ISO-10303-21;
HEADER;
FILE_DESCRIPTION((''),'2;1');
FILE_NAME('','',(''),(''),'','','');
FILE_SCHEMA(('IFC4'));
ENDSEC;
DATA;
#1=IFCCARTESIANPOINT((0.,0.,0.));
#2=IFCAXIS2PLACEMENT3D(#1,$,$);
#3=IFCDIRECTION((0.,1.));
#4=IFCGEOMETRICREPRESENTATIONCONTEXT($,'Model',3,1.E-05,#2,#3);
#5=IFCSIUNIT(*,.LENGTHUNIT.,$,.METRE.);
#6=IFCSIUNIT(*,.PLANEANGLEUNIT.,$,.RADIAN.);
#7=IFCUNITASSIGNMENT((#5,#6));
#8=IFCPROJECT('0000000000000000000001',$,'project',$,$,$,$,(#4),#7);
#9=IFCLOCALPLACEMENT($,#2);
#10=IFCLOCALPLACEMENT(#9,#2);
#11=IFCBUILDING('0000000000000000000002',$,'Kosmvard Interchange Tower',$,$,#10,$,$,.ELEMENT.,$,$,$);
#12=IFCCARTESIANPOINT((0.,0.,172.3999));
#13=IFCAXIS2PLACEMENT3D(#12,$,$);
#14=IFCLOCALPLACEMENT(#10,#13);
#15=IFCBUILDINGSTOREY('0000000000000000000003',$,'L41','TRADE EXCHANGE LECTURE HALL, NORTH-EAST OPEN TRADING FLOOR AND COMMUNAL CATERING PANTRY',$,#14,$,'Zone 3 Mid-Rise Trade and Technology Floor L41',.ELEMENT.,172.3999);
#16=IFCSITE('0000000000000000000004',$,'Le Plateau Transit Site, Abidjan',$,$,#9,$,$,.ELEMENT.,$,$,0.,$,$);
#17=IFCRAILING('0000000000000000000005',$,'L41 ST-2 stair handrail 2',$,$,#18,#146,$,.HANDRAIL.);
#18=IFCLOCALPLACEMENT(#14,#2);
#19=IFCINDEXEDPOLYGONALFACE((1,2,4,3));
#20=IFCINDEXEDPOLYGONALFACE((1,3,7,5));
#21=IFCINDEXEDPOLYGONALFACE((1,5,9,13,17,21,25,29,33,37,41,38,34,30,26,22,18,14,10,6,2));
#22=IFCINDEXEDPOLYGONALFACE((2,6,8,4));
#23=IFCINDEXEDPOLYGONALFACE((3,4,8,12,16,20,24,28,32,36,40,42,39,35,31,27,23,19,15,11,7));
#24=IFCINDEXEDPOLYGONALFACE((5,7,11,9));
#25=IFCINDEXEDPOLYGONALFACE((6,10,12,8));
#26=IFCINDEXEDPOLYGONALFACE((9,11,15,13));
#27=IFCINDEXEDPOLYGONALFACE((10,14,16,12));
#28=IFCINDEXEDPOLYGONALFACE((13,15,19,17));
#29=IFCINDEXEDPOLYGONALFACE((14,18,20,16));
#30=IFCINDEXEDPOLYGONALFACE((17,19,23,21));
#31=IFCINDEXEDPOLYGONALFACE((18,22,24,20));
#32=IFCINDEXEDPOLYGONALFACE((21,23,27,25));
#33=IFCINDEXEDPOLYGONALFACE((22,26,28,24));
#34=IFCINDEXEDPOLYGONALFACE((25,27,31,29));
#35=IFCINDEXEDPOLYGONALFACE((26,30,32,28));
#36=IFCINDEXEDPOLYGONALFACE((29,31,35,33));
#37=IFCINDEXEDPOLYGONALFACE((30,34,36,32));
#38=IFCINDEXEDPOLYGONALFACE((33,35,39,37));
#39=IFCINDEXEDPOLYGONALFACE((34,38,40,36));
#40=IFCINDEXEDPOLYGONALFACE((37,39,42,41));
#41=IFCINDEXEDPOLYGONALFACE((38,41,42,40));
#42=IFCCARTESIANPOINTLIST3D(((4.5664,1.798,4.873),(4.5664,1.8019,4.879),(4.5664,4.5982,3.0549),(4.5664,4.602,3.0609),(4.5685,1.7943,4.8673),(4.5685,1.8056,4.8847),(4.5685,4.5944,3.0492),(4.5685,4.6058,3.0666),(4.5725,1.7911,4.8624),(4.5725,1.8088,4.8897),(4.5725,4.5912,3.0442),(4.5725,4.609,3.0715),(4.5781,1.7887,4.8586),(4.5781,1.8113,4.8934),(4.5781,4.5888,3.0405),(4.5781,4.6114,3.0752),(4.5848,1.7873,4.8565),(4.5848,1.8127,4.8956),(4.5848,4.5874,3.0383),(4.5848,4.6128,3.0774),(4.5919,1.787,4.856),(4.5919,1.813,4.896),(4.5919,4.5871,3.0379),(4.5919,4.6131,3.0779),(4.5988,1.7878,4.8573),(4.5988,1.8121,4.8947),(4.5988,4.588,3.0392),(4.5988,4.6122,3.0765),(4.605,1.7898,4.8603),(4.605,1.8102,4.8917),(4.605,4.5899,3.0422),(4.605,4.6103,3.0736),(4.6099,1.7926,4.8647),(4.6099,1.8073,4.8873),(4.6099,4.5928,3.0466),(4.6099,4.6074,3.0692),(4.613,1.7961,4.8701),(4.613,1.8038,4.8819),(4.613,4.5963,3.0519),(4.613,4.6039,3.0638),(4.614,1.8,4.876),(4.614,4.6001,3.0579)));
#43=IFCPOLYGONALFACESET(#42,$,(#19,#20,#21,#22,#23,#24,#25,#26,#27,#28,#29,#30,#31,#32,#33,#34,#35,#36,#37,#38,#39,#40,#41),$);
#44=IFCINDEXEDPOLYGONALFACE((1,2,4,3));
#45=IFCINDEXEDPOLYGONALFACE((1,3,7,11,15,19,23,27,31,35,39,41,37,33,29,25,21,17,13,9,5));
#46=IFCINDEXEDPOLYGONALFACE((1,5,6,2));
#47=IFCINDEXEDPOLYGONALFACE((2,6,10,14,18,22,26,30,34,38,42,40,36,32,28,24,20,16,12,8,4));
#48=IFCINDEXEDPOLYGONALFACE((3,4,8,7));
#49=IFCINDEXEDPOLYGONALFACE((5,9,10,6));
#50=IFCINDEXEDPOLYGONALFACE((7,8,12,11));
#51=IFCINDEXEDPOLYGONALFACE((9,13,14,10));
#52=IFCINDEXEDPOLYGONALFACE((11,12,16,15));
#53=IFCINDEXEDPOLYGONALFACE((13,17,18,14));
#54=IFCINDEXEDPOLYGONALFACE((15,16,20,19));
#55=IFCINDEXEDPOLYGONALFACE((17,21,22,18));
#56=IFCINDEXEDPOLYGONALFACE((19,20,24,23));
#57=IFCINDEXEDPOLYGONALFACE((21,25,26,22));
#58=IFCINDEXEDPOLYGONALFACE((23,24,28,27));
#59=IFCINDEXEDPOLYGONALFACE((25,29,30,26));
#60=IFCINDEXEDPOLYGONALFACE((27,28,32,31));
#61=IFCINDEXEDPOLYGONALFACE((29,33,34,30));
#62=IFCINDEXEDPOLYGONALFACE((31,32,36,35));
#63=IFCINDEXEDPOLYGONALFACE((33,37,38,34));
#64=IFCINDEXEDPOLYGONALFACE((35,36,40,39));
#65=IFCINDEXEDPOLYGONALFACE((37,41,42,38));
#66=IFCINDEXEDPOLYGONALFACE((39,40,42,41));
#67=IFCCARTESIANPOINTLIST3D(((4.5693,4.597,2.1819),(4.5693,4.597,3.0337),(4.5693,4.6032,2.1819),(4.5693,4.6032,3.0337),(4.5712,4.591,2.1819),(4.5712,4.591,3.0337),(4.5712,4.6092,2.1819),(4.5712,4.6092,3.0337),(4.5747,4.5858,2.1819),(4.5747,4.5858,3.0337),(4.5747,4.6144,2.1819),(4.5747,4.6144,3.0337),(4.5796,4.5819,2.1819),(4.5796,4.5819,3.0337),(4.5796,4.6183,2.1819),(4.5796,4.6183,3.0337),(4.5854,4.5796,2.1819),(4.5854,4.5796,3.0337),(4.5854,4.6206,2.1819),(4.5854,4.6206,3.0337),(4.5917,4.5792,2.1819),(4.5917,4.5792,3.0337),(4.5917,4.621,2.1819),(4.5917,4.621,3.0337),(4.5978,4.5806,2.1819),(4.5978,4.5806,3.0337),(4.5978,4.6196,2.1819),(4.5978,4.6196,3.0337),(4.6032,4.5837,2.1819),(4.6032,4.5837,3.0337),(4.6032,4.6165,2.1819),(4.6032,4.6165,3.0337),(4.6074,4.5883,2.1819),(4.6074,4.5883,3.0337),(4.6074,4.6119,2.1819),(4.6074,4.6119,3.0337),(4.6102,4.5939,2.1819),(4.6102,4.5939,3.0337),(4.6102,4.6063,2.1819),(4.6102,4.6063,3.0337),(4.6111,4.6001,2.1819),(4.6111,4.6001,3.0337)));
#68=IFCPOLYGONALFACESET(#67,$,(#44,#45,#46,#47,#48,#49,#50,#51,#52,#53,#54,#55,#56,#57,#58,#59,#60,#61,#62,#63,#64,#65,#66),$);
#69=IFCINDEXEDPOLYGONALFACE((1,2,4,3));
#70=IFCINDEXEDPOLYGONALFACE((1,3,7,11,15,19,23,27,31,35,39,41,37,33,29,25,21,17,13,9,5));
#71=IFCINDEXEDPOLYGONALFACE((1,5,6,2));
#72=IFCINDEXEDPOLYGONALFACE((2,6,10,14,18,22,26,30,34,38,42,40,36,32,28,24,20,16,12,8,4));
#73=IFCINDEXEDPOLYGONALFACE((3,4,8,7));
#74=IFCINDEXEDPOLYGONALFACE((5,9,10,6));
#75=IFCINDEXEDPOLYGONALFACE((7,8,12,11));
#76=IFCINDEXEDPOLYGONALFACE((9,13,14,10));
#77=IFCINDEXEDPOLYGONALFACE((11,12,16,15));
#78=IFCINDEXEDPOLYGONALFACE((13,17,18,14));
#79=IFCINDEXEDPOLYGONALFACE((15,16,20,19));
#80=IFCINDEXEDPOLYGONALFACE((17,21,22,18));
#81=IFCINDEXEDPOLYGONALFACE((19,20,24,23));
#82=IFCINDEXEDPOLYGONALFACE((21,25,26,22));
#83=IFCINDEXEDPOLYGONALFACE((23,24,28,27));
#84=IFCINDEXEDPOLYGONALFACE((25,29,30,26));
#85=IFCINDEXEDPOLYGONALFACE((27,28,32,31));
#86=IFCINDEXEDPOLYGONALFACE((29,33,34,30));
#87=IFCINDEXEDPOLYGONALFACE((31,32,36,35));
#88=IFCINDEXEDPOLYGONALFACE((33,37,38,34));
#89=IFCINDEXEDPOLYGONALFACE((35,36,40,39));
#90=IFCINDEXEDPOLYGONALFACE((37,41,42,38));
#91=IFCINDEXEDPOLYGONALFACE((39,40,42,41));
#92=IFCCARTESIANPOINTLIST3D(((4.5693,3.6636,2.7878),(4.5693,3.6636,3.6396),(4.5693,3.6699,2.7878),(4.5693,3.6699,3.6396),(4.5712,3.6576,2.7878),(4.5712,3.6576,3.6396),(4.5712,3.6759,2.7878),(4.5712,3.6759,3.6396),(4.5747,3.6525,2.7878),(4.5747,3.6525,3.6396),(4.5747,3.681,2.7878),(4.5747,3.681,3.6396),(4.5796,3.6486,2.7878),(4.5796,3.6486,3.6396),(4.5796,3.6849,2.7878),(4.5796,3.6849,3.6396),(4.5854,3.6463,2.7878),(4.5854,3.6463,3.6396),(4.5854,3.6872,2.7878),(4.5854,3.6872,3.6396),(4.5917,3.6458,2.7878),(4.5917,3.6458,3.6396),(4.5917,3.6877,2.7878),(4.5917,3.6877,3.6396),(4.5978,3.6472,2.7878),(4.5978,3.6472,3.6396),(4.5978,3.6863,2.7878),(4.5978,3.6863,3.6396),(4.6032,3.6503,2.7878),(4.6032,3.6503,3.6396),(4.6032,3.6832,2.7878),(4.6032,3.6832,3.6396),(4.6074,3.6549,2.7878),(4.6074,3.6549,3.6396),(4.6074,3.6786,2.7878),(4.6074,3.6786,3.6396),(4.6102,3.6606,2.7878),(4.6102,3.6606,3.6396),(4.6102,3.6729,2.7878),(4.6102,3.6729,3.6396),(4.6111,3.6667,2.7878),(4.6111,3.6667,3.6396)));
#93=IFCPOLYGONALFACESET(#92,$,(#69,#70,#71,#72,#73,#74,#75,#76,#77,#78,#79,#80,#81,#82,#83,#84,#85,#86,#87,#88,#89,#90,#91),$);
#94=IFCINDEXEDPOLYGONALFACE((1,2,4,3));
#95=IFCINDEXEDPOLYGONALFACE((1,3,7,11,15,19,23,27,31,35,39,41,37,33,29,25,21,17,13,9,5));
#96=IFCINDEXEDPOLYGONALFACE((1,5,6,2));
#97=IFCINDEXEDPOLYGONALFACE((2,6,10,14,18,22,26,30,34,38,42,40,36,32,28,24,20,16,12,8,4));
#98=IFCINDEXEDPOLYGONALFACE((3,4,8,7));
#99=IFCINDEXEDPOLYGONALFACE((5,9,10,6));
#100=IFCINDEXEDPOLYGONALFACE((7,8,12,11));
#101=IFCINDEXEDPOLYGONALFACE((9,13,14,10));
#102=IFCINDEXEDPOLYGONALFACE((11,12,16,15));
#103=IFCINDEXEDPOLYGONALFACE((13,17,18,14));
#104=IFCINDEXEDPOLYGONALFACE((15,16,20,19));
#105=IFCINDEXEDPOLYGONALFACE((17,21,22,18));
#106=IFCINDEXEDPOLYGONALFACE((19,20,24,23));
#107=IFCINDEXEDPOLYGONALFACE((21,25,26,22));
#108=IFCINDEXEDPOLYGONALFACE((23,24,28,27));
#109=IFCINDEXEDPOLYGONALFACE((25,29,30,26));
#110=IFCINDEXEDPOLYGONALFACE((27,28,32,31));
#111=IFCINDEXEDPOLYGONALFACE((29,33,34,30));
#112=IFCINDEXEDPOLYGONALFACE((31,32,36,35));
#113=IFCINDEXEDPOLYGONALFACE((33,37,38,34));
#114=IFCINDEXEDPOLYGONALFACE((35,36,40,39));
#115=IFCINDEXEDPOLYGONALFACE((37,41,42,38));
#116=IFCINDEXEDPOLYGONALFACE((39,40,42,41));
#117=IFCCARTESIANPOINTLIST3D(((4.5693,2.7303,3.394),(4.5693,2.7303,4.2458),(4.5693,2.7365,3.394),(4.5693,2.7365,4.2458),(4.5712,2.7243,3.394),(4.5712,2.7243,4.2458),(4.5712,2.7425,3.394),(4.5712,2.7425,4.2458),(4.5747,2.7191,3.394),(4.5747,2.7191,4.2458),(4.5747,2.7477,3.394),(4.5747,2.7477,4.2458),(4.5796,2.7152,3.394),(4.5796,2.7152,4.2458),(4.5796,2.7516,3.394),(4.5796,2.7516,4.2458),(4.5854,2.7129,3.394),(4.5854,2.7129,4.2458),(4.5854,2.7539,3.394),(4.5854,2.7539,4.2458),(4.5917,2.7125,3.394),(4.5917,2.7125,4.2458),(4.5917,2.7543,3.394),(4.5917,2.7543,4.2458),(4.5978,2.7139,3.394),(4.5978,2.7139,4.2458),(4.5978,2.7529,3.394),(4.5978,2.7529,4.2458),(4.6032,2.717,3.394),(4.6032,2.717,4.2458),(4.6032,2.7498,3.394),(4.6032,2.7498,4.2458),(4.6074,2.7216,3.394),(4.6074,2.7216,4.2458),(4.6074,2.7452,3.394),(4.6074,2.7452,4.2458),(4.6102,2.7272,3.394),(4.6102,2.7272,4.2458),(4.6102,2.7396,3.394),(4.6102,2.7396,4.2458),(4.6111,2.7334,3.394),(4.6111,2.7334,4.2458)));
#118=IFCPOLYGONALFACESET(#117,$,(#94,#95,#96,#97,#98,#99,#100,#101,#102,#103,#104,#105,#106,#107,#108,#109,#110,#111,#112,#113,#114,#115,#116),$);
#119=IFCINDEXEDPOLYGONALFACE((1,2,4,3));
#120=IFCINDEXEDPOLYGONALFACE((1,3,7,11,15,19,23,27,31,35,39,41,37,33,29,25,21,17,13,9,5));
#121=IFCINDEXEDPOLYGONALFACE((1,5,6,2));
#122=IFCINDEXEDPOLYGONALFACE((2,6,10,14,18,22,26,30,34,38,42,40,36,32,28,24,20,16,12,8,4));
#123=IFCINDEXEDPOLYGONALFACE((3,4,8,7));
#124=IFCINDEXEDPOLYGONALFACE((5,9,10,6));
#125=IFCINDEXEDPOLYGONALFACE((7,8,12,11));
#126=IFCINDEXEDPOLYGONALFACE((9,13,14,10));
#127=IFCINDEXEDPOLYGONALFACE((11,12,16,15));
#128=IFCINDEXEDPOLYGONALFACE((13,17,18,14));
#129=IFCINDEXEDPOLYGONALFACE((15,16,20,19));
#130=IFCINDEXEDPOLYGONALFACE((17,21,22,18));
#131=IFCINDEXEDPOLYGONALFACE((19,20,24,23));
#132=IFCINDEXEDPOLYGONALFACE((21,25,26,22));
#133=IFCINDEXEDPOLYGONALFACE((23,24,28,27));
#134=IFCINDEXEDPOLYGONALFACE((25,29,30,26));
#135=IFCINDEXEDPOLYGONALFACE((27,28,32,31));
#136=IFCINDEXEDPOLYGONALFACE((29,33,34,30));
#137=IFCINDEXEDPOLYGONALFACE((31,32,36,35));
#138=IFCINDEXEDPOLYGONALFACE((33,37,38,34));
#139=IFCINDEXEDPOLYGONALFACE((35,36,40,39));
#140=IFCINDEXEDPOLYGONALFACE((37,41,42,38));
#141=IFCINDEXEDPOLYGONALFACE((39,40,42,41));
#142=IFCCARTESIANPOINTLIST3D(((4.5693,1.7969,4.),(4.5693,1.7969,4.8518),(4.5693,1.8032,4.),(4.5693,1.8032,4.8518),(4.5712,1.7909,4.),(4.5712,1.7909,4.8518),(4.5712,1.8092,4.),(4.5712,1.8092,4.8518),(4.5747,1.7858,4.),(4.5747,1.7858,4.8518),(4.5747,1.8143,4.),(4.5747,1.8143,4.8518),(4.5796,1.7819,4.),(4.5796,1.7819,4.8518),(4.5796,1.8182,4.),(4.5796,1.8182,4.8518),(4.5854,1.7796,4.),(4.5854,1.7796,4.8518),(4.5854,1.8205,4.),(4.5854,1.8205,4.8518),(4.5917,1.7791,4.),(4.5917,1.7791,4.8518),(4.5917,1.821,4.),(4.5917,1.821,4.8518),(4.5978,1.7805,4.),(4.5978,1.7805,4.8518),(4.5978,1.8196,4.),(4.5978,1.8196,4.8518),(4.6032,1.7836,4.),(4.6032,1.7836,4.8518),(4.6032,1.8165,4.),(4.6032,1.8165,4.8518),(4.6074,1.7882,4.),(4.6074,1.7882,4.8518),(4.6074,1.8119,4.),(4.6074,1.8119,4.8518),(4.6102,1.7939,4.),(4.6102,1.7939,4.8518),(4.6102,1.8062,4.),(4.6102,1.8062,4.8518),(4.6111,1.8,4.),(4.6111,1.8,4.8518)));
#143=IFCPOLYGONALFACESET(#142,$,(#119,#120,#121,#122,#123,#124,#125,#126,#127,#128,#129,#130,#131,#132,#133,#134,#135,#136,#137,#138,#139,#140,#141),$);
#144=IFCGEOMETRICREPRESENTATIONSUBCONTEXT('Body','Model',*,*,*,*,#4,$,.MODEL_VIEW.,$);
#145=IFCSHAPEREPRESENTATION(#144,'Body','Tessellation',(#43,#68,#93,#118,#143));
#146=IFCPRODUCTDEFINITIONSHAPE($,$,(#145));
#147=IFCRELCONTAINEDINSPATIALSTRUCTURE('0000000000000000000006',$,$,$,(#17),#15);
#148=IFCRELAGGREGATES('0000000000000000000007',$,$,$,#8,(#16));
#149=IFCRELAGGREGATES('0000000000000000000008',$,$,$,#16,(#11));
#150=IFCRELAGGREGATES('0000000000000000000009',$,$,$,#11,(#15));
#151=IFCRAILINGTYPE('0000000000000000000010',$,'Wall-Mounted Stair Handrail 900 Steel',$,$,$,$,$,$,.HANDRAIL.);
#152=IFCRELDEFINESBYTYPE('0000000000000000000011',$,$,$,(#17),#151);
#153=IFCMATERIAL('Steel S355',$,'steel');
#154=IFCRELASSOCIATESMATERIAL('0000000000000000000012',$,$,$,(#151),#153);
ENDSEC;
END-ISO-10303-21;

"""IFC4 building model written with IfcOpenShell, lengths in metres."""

from ifc_helpers import new_model, si_unit, direction, frame, origin, origin_2d, place, context, subcontext, project, spatial, circle, extrude, source, transform, mapped, material, type_object, element, save


model = new_model("IFC4")

# Units and contexts
model_context = context("Model", 3, precision=1e-05, world=origin(), true_north=direction((0.0, 1.0)))
body_context = subcontext(model_context, "Body", "Model", "MODEL_VIEW")
ifc_project = project(units=[si_unit("LENGTHUNIT", "METRE"), si_unit("PLANEANGLEUNIT", "RADIAN")], contexts=[model_context])

# Site, building, storey
site_placement = place(None, origin())
site = spatial("IfcSite", under=ifc_project, at=site_placement, Name="Le Plateau Transit Site, Abidjan", CompositionType="ELEMENT", RefElevation=0.0)
building_placement = place(site_placement, origin())
building = spatial("IfcBuilding", under=site, at=building_placement, Name="Kosmvard Interchange Tower", CompositionType="ELEMENT")
storey_placement = place(building_placement, frame((0.0, 0.0, 172.3999)))
storey = spatial("IfcBuildingStorey", under=building, at=storey_placement, Name="L41", Description="TRADE EXCHANGE LECTURE HALL, NORTH-EAST OPEN TRADING FLOOR AND COMMUNAL CATERING PANTRY", LongName="Zone 3 Mid-Rise Trade and Technology Floor L41", CompositionType="ELEMENT", Elevation=172.3999)

# Railing
ifc_material_1 = material(Name="Steel S355", Category="steel")
railing_type_1 = type_object("IfcRailingType", Name="Wall-Mounted Stair Handrail 900 Steel", PredefinedType="HANDRAIL", material=ifc_material_1)
shared_shape_1 = source(origin(), body_context, "Body", "SweptSolid", [
    extrude(circle(Radius=0.0239, at=origin_2d()), frame((0.0, 0.0, 0.876), z_axis=(0.0, -0.838706, 0.544585), x_axis=(1.0, 0.0, 0.0)), (0.0, 0.0, 1.0), 3.3386),
    extrude(circle(Radius=0.021, at=origin_2d()), origin(), (0.0, 0.0, 1.0), 0.8518),
    extrude(circle(Radius=0.021, at=origin_2d()), frame((0.0, -0.9333, 0.606)), (0.0, 0.0, 1.0), 0.8518),
    extrude(circle(Radius=0.021, at=origin_2d()), frame((0.0, -1.8667, 1.2122)), (0.0, 0.0, 1.0), 0.8518),
    extrude(circle(Radius=0.021, at=origin_2d()), frame((0.0, -2.8, 1.8181)), (0.0, 0.0, 1.0), 0.8518),
])
railing_1_placement = place(storey_placement, frame((4.5901, 4.6001, 2.1819)))
element("IfcRailing", 1, at=railing_1_placement, inside=storey, type_object=railing_type_1, Name="L41 ST-2 stair handrail 2", PredefinedType="HANDRAIL", context=body_context, shape_type="MappedRepresentation", body=[
    mapped(shared_shape_1, transform((0.0, 0.0, 0.0), scale=1.0)),
])

save(model, "model.ifc")
